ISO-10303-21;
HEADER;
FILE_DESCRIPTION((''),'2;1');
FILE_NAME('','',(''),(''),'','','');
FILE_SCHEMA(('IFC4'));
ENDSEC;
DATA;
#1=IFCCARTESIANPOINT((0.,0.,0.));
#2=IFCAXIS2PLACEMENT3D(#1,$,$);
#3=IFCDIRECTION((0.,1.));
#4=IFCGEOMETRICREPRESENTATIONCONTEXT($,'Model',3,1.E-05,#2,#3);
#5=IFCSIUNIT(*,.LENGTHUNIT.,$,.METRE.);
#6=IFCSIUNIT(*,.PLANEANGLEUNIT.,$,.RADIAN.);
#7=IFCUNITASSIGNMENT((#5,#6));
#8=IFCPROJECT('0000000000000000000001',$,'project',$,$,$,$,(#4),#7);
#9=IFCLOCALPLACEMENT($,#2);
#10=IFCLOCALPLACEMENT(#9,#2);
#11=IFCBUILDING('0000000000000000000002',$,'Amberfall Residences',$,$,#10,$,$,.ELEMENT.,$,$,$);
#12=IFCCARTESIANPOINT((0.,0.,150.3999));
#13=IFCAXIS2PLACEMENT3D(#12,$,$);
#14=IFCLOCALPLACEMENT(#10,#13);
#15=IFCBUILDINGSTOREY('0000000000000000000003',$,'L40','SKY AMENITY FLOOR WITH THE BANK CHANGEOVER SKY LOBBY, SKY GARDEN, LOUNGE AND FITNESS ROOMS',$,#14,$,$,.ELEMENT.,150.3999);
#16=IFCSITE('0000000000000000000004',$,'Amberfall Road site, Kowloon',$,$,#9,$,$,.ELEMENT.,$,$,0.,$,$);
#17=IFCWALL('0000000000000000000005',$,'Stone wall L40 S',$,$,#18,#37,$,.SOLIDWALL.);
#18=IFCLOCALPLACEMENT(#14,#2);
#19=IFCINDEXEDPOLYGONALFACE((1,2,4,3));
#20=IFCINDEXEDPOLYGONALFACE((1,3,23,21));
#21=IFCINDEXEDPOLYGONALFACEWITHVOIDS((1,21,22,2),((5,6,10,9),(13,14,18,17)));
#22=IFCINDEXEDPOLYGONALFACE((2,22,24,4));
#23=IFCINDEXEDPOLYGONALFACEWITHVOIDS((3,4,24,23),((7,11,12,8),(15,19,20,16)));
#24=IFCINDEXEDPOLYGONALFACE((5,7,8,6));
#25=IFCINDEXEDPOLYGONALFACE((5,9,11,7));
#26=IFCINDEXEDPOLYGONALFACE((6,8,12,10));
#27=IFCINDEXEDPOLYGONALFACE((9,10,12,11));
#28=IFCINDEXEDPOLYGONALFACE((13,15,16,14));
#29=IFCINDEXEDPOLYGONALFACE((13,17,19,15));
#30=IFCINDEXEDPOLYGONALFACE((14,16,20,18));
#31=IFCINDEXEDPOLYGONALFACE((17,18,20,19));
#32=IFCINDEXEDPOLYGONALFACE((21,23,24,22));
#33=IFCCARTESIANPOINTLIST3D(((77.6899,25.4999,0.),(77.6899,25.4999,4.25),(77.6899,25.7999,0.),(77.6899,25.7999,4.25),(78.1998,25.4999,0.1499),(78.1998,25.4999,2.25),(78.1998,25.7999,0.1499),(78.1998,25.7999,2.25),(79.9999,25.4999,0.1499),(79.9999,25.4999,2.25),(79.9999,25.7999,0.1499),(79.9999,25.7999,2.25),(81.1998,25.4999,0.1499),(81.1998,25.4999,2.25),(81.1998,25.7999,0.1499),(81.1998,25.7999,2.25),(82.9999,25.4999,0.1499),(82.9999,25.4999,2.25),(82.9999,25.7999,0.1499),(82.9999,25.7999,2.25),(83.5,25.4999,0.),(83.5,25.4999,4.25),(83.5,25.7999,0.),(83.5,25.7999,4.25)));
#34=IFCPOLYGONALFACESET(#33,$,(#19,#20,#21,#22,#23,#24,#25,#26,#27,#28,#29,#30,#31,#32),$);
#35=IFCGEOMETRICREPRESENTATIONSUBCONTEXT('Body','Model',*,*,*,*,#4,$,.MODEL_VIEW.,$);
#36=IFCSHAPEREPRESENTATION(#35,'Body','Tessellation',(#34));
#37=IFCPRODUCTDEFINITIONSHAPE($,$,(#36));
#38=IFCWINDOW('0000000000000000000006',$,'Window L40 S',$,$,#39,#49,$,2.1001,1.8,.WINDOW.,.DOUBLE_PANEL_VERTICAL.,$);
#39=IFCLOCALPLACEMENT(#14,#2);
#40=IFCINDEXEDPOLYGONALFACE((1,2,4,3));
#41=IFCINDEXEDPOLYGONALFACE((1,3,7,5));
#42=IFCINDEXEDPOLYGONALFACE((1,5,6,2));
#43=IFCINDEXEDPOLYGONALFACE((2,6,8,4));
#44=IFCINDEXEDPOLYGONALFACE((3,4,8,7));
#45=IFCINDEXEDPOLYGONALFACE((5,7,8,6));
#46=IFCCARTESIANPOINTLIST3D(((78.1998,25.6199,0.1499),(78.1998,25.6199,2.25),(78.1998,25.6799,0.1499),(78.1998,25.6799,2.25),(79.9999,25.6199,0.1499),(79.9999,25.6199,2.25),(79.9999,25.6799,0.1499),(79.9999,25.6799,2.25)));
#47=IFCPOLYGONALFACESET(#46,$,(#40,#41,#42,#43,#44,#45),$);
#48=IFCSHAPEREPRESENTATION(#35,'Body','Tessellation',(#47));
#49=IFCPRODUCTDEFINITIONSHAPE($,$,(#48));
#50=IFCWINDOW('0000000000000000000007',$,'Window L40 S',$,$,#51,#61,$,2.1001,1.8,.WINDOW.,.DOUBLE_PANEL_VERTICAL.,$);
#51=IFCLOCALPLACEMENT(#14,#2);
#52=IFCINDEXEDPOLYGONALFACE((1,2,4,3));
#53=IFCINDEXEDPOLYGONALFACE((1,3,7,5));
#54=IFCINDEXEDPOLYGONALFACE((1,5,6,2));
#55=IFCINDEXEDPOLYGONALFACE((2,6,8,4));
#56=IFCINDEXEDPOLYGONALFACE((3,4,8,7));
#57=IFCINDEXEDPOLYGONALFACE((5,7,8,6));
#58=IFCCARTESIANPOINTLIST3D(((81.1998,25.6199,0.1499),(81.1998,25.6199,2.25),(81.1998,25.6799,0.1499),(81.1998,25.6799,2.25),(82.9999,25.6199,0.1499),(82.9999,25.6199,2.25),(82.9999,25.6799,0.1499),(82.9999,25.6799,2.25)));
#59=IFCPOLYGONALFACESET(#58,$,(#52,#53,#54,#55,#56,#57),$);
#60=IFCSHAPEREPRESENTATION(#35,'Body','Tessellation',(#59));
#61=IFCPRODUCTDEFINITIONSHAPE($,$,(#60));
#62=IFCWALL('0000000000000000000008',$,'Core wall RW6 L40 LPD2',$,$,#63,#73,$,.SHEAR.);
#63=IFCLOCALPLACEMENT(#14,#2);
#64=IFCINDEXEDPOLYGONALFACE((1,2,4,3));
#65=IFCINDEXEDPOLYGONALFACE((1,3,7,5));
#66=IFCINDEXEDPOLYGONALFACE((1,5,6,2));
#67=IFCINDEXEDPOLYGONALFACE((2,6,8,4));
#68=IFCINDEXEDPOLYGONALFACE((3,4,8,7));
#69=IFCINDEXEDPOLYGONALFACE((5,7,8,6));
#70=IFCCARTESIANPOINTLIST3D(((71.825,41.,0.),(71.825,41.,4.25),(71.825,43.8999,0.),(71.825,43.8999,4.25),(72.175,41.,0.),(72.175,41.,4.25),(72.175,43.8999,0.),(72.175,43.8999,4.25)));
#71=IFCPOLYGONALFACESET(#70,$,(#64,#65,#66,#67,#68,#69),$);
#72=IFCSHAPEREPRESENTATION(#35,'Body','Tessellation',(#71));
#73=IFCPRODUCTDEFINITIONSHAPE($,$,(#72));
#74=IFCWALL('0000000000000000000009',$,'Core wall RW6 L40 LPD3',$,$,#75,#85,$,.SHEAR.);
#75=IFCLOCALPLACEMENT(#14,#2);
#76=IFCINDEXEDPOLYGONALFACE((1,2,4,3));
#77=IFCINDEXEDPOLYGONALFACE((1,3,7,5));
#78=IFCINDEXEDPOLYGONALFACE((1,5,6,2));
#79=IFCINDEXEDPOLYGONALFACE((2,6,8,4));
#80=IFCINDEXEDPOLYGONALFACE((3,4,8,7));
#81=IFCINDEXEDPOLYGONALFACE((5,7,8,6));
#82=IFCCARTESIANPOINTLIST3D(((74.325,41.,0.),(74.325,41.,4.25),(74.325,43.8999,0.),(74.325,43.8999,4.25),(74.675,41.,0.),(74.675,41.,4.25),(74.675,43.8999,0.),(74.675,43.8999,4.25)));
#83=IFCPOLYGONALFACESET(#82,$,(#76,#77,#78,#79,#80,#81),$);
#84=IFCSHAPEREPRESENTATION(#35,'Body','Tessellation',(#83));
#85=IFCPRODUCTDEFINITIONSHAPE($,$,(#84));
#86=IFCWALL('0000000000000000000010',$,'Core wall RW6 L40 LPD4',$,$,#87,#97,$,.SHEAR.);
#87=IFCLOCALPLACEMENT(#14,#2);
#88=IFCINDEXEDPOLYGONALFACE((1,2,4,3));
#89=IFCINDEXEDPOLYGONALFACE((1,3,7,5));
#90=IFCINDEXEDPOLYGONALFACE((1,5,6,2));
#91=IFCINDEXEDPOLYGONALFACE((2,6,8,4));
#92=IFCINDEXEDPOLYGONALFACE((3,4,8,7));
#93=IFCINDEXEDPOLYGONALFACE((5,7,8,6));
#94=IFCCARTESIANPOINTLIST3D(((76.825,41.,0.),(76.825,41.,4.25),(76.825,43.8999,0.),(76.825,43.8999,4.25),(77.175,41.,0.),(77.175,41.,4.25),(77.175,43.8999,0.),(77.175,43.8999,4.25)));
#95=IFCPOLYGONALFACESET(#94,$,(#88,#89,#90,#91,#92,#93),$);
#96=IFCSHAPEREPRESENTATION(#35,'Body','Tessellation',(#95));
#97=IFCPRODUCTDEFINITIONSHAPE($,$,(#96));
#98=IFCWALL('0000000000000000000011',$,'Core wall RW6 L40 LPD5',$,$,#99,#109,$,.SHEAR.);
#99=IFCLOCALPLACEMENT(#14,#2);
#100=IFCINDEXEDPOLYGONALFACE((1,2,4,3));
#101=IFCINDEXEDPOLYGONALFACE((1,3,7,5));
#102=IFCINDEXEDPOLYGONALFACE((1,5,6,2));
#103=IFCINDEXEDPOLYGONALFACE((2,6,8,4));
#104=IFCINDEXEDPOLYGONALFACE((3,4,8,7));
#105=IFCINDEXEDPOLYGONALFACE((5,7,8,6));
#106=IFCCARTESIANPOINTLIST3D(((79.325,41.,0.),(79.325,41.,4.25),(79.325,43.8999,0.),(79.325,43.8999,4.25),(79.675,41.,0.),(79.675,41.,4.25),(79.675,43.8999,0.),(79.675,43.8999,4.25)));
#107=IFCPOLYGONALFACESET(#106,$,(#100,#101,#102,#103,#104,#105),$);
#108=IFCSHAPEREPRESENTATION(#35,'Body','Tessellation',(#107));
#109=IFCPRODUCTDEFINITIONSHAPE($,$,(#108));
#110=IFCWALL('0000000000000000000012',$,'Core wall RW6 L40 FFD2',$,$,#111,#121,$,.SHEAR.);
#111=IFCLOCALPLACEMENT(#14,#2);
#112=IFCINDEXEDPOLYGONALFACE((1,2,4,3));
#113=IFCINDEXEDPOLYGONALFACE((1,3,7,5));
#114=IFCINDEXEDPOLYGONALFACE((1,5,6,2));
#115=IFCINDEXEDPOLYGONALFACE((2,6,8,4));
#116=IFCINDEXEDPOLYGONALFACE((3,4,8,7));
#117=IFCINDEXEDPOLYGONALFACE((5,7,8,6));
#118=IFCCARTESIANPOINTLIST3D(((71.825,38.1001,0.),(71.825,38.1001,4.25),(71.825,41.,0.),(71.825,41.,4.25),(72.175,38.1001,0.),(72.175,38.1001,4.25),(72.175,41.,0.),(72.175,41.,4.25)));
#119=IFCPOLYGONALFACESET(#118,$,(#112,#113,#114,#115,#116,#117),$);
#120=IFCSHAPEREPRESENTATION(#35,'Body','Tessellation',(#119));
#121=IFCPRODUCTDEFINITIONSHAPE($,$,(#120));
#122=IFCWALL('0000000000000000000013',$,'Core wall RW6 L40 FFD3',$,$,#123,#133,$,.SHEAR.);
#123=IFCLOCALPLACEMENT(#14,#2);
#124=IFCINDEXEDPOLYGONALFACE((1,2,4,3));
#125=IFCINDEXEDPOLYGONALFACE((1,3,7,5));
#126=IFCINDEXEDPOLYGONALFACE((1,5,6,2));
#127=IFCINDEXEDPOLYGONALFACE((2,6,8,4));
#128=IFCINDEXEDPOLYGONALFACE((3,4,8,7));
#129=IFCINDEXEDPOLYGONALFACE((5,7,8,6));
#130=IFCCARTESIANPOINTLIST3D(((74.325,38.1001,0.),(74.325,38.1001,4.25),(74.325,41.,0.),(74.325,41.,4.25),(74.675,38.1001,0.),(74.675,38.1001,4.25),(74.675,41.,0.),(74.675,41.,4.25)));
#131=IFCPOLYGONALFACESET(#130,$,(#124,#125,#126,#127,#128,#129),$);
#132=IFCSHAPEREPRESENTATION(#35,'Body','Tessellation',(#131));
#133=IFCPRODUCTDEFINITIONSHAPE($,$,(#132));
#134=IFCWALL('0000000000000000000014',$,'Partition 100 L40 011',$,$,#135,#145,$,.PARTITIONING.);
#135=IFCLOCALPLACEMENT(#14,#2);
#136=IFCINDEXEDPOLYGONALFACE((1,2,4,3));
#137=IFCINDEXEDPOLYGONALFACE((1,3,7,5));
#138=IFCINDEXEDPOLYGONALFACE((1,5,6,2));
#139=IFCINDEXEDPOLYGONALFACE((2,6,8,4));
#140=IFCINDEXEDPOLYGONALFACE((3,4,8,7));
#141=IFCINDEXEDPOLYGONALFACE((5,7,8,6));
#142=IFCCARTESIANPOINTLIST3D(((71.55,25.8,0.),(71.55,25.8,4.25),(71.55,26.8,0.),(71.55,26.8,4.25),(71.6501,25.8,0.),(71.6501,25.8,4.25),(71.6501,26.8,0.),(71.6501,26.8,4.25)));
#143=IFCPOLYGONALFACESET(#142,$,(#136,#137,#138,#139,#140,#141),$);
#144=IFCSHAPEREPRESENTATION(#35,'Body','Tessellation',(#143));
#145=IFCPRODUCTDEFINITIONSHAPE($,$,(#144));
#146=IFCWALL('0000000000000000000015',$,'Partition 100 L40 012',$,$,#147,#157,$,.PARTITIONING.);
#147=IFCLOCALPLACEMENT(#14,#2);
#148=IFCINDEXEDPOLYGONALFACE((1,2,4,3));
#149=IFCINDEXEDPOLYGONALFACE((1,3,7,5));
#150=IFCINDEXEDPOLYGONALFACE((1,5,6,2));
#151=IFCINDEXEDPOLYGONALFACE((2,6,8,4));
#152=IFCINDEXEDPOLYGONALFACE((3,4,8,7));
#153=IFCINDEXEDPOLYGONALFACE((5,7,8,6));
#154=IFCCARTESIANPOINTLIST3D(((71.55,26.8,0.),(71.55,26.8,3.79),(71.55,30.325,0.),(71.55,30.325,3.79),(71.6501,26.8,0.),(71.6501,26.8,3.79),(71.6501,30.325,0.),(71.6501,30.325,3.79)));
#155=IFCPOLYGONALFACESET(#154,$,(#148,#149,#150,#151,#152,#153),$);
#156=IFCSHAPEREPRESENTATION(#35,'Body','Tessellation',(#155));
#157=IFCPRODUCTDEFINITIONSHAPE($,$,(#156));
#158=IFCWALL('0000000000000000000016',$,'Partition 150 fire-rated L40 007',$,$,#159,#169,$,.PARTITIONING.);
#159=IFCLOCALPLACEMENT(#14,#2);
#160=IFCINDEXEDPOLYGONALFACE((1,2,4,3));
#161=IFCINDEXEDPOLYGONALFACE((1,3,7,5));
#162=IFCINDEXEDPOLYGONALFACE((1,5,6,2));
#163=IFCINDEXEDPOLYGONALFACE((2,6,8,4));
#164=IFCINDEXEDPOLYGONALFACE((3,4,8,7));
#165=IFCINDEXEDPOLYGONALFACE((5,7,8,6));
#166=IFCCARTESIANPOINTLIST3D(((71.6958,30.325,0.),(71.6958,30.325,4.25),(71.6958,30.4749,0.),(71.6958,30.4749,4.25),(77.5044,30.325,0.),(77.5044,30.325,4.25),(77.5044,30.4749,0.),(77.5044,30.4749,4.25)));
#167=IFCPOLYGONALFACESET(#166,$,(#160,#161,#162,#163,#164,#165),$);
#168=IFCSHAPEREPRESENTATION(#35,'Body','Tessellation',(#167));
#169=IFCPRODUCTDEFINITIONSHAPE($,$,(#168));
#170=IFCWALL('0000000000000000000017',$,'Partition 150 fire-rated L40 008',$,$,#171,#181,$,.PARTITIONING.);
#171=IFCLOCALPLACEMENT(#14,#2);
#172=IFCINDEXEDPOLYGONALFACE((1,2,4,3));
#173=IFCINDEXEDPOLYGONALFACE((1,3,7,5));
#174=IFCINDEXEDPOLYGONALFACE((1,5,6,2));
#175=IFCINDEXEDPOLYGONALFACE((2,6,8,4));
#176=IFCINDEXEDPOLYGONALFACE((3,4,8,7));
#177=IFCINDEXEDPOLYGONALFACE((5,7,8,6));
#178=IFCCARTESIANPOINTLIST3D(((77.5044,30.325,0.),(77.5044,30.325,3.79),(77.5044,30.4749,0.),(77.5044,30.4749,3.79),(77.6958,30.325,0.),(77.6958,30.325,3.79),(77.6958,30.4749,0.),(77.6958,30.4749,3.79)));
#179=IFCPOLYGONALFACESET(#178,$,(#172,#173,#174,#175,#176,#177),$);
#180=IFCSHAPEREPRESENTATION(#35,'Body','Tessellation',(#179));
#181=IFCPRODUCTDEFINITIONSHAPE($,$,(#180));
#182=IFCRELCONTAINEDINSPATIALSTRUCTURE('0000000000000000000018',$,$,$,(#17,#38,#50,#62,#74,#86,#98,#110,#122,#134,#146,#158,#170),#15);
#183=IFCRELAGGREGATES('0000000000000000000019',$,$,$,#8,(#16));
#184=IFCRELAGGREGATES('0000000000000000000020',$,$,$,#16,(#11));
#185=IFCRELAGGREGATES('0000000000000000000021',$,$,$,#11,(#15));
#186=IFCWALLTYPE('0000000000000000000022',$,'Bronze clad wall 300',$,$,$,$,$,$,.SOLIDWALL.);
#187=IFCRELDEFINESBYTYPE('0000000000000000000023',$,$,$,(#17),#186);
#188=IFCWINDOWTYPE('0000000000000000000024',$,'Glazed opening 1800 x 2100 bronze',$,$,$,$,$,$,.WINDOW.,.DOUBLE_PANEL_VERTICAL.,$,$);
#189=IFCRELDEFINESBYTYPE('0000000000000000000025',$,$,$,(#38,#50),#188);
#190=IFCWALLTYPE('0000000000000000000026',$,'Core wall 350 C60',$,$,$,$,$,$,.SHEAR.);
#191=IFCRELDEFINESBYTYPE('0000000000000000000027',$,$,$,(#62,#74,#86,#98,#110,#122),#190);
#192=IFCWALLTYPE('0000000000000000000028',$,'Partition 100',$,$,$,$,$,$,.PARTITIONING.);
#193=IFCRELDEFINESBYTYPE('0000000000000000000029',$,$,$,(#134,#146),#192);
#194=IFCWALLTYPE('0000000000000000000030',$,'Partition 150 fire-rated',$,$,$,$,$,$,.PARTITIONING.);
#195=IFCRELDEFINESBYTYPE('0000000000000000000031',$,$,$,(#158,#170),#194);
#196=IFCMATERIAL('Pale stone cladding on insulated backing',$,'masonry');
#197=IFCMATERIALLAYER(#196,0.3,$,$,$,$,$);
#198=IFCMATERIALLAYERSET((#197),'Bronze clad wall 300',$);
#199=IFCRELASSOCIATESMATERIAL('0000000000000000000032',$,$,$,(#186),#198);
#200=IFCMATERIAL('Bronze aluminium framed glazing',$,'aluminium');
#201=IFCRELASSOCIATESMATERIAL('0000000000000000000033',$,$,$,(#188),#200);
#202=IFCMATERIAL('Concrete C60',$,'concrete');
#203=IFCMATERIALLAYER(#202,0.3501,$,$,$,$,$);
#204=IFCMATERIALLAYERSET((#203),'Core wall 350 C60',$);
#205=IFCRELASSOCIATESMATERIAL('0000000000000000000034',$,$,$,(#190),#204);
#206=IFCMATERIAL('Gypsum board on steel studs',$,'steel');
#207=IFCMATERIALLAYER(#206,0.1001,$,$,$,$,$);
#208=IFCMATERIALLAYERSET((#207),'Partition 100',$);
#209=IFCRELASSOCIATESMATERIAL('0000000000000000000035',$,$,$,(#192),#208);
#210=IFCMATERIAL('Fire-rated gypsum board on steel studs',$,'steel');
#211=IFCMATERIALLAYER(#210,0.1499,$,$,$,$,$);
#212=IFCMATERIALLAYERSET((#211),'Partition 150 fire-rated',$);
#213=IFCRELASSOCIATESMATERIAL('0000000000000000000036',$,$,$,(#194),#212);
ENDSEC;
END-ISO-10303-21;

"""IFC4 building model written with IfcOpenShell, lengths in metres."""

from ifc_helpers import new_model, si_unit, direction, frame, frame_2d, origin, place, context, subcontext, project, spatial, rectangle, extrude, material, layer, layer_set, type_object, element, fill, save


model = new_model("IFC4")

# Units and contexts
model_context = context("Model", 3, precision=1e-05, world=origin(), true_north=direction((0.0, 1.0)))
body_context = subcontext(model_context, "Body", "Model", "MODEL_VIEW")
ifc_project = project(units=[si_unit("LENGTHUNIT", "METRE"), si_unit("PLANEANGLEUNIT", "RADIAN")], contexts=[model_context])

# Site, building, storey
site_placement = place(None, origin())
site = spatial("IfcSite", under=ifc_project, at=site_placement, Name="Amberfall Road site, Kowloon", CompositionType="ELEMENT", RefElevation=0.0)
building_placement = place(site_placement, origin())
building = spatial("IfcBuilding", under=site, at=building_placement, Name="Amberfall Residences", CompositionType="ELEMENT")
storey_placement = place(building_placement, frame((0.0, 0.0, 150.3999)))
storey = spatial("IfcBuildingStorey", under=building, at=storey_placement, Name="L40", Description="SKY AMENITY FLOOR WITH THE BANK CHANGEOVER SKY LOBBY, SKY GARDEN, LOUNGE AND FITNESS ROOMS", CompositionType="ELEMENT", Elevation=150.3999)

# Shared definitions
ifc_material_1 = material(Name="Concrete C60", Category="concrete")

# Wall, openings, windows
ifc_material_2 = material(Name="Pale stone cladding on insulated backing", Category="masonry")
ifc_layer_1 = layer(ifc_material_2, 0.3)
ifc_layer_set_1 = layer_set([ifc_layer_1], Name="Bronze clad wall 300")
wall_type_1 = type_object("IfcWallType", Name="Bronze clad wall 300", PredefinedType="SOLIDWALL", material=ifc_layer_set_1)
wall_1_placement = place(storey_placement, frame((77.6899, 25.6499, 0.0), z_axis=(0.0, 0.0, 1.0), x_axis=(1.0, 0.0, 0.0)))
wall_1 = element("IfcWall", 1, at=wall_1_placement, inside=storey, type_object=wall_type_1, Name="Stone wall L40 S", PredefinedType="SOLIDWALL", context=body_context, shape_type="SweptSolid", body=[
    extrude(rectangle(XDim=5.8101, YDim=0.3, at=frame_2d((2.905, 0.0))), origin(), (0.0, 0.0, 1.0), 4.25),
])
opening_1_placement = place(wall_1_placement, frame((0.51, 0.0, 0.1499)))
opening_1 = element("IfcOpeningElement", 2, at=opening_1_placement, cuts=wall_1, PredefinedType="OPENING", context=body_context, shape_type="SweptSolid", body=[
    extrude(rectangle(XDim=1.8, YDim=2.1001, at=frame_2d((0.8999, 1.05))), frame((0.0, 0.1599, 0.0), z_axis=(0.0, -1.0, 0.0), x_axis=(1.0, 0.0, 0.0)), (0.0, 0.0, 1.0), 0.3201),
])
opening_2_placement = place(wall_1_placement, frame((3.51, 0.0, 0.1499)))
opening_2 = element("IfcOpeningElement", 3, at=opening_2_placement, cuts=wall_1, PredefinedType="OPENING", context=body_context, shape_type="SweptSolid", body=[
    extrude(rectangle(XDim=1.8, YDim=2.1001, at=frame_2d((0.8999, 1.05))), frame((0.0, 0.1599, 0.0), z_axis=(0.0, -1.0, 0.0), x_axis=(1.0, 0.0, 0.0)), (0.0, 0.0, 1.0), 0.3201),
])
ifc_material_3 = material(Name="Bronze aluminium framed glazing", Category="aluminium")
window_type = type_object("IfcWindowType", Name="Glazed opening 1800 x 2100 bronze", PartitioningType="DOUBLE_PANEL_VERTICAL", PredefinedType="WINDOW", material=ifc_material_3)
window_1_placement = place(opening_1_placement, origin())
window_1 = element("IfcWindow", 4, at=window_1_placement, inside=storey, type_object=window_type, Name="Window L40 S", OverallHeight=2.1001, OverallWidth=1.8, PartitioningType="DOUBLE_PANEL_VERTICAL", PredefinedType="WINDOW", context=body_context, shape_type="SweptSolid", body=[
    extrude(rectangle(XDim=1.8, YDim=2.1001, at=frame_2d((0.8999, 1.05))), frame((0.0, 0.03, 0.0), z_axis=(0.0, -1.0, 0.0), x_axis=(1.0, 0.0, 0.0)), (0.0, 0.0, 1.0), 0.0601),
])
fill(opening_1, window_1)
window_2_placement = place(opening_2_placement, origin())
window_2 = element("IfcWindow", 5, at=window_2_placement, inside=storey, type_object=window_type, Name="Window L40 S", OverallHeight=2.1001, OverallWidth=1.8, PartitioningType="DOUBLE_PANEL_VERTICAL", PredefinedType="WINDOW", context=body_context, shape_type="SweptSolid", body=[
    extrude(rectangle(XDim=1.8, YDim=2.1001, at=frame_2d((0.8999, 1.05))), frame((0.0, 0.03, 0.0), z_axis=(0.0, -1.0, 0.0), x_axis=(1.0, 0.0, 0.0)), (0.0, 0.0, 1.0), 0.0601),
])
fill(opening_2, window_2)

# Walls
ifc_layer_2 = layer(ifc_material_1, 0.3501)
ifc_layer_set_2 = layer_set([ifc_layer_2], Name="Core wall 350 C60")
wall_type_2 = type_object("IfcWallType", Name="Core wall 350 C60", PredefinedType="SHEAR", material=ifc_layer_set_2)
for number, where, z_axis, x_axis, name in (
    (6, (72.0, 41.0, 0.0), (0.0, 0.0, 1.0), (0.0, 1.0, 0.0), "Core wall RW6 L40 LPD2"),
    (7, (74.5, 41.0, 0.0), (0.0, 0.0, 1.0), (0.0, 1.0, 0.0), "Core wall RW6 L40 LPD3"),
    (8, (77.0, 41.0, 0.0), (0.0, 0.0, 1.0), (0.0, 1.0, 0.0), "Core wall RW6 L40 LPD4"),
    (9, (79.5, 41.0, 0.0), (0.0, 0.0, 1.0), (0.0, 1.0, 0.0), "Core wall RW6 L40 LPD5"),
    (10, (72.0, 38.1001, 0.0), (0.0, 0.0, 1.0), (0.0, 1.0, 0.0), "Core wall RW6 L40 FFD2"),
    (11, (74.5, 38.1001, 0.0), (0.0, 0.0, 1.0), (0.0, 1.0, 0.0), "Core wall RW6 L40 FFD3"),
):
    element("IfcWall", number, at=place(storey_placement, frame(where, z_axis=z_axis, x_axis=x_axis)), inside=storey, type_object=wall_type_2, Name=name, PredefinedType="SHEAR", context=body_context, shape_type="SweptSolid", body=[
        extrude(rectangle(XDim=2.8999, YDim=0.3501, at=frame_2d((1.45, 0.0))), origin(), (0.0, 0.0, 1.0), 4.25),
    ])
ifc_material_4 = material(Name="Gypsum board on steel studs", Category="steel")
ifc_layer_3 = layer(ifc_material_4, 0.1001)
ifc_layer_set_3 = layer_set([ifc_layer_3], Name="Partition 100")
wall_type_3 = type_object("IfcWallType", Name="Partition 100", PredefinedType="PARTITIONING", material=ifc_layer_set_3)
wall_2_placement = place(storey_placement, frame((71.6001, 25.8, 0.0), z_axis=(0.0, 0.0, 1.0), x_axis=(0.0, 1.0, 0.0)))
element("IfcWall", 12, at=wall_2_placement, inside=storey, type_object=wall_type_3, Name="Partition 100 L40 011", PredefinedType="PARTITIONING", context=body_context, shape_type="SweptSolid", body=[
    extrude(rectangle(XDim=1.0, YDim=0.1001, at=frame_2d((0.5, 0.0))), origin(), (0.0, 0.0, 1.0), 4.25),
])
wall_3_placement = place(storey_placement, frame((71.6001, 26.8, 0.0), z_axis=(0.0, 0.0, 1.0), x_axis=(0.0, 1.0, 0.0)))
element("IfcWall", 13, at=wall_3_placement, inside=storey, type_object=wall_type_3, Name="Partition 100 L40 012", PredefinedType="PARTITIONING", context=body_context, shape_type="SweptSolid", body=[
    extrude(rectangle(XDim=3.5249, YDim=0.1001, at=frame_2d((1.7625, 0.0))), origin(), (0.0, 0.0, 1.0), 3.79),
])
ifc_material_5 = material(Name="Fire-rated gypsum board on steel studs", Category="steel")
ifc_layer_4 = layer(ifc_material_5, 0.1499)
ifc_layer_set_4 = layer_set([ifc_layer_4], Name="Partition 150 fire-rated")
wall_type_4 = type_object("IfcWallType", Name="Partition 150 fire-rated", PredefinedType="PARTITIONING", material=ifc_layer_set_4)
wall_4_placement = place(storey_placement, frame((71.6958, 30.3999, 0.0), z_axis=(0.0, 0.0, 1.0), x_axis=(1.0, 0.0, 0.0)))
element("IfcWall", 14, at=wall_4_placement, inside=storey, type_object=wall_type_4, Name="Partition 150 fire-rated L40 007", PredefinedType="PARTITIONING", context=body_context, shape_type="SweptSolid", body=[
    extrude(rectangle(XDim=5.8086, YDim=0.1499, at=frame_2d((2.9043, 0.0))), origin(), (0.0, 0.0, 1.0), 4.25),
])
wall_5_placement = place(storey_placement, frame((77.5044, 30.3999, 0.0), z_axis=(0.0, 0.0, 1.0), x_axis=(1.0, 0.0, 0.0)))
element("IfcWall", 15, at=wall_5_placement, inside=storey, type_object=wall_type_4, Name="Partition 150 fire-rated L40 008", PredefinedType="PARTITIONING", context=body_context, shape_type="SweptSolid", body=[
    extrude(rectangle(XDim=0.1914, YDim=0.1499, at=frame_2d((0.0957, 0.0))), origin(), (0.0, 0.0, 1.0), 3.79),
])

save(model, "model.ifc")
